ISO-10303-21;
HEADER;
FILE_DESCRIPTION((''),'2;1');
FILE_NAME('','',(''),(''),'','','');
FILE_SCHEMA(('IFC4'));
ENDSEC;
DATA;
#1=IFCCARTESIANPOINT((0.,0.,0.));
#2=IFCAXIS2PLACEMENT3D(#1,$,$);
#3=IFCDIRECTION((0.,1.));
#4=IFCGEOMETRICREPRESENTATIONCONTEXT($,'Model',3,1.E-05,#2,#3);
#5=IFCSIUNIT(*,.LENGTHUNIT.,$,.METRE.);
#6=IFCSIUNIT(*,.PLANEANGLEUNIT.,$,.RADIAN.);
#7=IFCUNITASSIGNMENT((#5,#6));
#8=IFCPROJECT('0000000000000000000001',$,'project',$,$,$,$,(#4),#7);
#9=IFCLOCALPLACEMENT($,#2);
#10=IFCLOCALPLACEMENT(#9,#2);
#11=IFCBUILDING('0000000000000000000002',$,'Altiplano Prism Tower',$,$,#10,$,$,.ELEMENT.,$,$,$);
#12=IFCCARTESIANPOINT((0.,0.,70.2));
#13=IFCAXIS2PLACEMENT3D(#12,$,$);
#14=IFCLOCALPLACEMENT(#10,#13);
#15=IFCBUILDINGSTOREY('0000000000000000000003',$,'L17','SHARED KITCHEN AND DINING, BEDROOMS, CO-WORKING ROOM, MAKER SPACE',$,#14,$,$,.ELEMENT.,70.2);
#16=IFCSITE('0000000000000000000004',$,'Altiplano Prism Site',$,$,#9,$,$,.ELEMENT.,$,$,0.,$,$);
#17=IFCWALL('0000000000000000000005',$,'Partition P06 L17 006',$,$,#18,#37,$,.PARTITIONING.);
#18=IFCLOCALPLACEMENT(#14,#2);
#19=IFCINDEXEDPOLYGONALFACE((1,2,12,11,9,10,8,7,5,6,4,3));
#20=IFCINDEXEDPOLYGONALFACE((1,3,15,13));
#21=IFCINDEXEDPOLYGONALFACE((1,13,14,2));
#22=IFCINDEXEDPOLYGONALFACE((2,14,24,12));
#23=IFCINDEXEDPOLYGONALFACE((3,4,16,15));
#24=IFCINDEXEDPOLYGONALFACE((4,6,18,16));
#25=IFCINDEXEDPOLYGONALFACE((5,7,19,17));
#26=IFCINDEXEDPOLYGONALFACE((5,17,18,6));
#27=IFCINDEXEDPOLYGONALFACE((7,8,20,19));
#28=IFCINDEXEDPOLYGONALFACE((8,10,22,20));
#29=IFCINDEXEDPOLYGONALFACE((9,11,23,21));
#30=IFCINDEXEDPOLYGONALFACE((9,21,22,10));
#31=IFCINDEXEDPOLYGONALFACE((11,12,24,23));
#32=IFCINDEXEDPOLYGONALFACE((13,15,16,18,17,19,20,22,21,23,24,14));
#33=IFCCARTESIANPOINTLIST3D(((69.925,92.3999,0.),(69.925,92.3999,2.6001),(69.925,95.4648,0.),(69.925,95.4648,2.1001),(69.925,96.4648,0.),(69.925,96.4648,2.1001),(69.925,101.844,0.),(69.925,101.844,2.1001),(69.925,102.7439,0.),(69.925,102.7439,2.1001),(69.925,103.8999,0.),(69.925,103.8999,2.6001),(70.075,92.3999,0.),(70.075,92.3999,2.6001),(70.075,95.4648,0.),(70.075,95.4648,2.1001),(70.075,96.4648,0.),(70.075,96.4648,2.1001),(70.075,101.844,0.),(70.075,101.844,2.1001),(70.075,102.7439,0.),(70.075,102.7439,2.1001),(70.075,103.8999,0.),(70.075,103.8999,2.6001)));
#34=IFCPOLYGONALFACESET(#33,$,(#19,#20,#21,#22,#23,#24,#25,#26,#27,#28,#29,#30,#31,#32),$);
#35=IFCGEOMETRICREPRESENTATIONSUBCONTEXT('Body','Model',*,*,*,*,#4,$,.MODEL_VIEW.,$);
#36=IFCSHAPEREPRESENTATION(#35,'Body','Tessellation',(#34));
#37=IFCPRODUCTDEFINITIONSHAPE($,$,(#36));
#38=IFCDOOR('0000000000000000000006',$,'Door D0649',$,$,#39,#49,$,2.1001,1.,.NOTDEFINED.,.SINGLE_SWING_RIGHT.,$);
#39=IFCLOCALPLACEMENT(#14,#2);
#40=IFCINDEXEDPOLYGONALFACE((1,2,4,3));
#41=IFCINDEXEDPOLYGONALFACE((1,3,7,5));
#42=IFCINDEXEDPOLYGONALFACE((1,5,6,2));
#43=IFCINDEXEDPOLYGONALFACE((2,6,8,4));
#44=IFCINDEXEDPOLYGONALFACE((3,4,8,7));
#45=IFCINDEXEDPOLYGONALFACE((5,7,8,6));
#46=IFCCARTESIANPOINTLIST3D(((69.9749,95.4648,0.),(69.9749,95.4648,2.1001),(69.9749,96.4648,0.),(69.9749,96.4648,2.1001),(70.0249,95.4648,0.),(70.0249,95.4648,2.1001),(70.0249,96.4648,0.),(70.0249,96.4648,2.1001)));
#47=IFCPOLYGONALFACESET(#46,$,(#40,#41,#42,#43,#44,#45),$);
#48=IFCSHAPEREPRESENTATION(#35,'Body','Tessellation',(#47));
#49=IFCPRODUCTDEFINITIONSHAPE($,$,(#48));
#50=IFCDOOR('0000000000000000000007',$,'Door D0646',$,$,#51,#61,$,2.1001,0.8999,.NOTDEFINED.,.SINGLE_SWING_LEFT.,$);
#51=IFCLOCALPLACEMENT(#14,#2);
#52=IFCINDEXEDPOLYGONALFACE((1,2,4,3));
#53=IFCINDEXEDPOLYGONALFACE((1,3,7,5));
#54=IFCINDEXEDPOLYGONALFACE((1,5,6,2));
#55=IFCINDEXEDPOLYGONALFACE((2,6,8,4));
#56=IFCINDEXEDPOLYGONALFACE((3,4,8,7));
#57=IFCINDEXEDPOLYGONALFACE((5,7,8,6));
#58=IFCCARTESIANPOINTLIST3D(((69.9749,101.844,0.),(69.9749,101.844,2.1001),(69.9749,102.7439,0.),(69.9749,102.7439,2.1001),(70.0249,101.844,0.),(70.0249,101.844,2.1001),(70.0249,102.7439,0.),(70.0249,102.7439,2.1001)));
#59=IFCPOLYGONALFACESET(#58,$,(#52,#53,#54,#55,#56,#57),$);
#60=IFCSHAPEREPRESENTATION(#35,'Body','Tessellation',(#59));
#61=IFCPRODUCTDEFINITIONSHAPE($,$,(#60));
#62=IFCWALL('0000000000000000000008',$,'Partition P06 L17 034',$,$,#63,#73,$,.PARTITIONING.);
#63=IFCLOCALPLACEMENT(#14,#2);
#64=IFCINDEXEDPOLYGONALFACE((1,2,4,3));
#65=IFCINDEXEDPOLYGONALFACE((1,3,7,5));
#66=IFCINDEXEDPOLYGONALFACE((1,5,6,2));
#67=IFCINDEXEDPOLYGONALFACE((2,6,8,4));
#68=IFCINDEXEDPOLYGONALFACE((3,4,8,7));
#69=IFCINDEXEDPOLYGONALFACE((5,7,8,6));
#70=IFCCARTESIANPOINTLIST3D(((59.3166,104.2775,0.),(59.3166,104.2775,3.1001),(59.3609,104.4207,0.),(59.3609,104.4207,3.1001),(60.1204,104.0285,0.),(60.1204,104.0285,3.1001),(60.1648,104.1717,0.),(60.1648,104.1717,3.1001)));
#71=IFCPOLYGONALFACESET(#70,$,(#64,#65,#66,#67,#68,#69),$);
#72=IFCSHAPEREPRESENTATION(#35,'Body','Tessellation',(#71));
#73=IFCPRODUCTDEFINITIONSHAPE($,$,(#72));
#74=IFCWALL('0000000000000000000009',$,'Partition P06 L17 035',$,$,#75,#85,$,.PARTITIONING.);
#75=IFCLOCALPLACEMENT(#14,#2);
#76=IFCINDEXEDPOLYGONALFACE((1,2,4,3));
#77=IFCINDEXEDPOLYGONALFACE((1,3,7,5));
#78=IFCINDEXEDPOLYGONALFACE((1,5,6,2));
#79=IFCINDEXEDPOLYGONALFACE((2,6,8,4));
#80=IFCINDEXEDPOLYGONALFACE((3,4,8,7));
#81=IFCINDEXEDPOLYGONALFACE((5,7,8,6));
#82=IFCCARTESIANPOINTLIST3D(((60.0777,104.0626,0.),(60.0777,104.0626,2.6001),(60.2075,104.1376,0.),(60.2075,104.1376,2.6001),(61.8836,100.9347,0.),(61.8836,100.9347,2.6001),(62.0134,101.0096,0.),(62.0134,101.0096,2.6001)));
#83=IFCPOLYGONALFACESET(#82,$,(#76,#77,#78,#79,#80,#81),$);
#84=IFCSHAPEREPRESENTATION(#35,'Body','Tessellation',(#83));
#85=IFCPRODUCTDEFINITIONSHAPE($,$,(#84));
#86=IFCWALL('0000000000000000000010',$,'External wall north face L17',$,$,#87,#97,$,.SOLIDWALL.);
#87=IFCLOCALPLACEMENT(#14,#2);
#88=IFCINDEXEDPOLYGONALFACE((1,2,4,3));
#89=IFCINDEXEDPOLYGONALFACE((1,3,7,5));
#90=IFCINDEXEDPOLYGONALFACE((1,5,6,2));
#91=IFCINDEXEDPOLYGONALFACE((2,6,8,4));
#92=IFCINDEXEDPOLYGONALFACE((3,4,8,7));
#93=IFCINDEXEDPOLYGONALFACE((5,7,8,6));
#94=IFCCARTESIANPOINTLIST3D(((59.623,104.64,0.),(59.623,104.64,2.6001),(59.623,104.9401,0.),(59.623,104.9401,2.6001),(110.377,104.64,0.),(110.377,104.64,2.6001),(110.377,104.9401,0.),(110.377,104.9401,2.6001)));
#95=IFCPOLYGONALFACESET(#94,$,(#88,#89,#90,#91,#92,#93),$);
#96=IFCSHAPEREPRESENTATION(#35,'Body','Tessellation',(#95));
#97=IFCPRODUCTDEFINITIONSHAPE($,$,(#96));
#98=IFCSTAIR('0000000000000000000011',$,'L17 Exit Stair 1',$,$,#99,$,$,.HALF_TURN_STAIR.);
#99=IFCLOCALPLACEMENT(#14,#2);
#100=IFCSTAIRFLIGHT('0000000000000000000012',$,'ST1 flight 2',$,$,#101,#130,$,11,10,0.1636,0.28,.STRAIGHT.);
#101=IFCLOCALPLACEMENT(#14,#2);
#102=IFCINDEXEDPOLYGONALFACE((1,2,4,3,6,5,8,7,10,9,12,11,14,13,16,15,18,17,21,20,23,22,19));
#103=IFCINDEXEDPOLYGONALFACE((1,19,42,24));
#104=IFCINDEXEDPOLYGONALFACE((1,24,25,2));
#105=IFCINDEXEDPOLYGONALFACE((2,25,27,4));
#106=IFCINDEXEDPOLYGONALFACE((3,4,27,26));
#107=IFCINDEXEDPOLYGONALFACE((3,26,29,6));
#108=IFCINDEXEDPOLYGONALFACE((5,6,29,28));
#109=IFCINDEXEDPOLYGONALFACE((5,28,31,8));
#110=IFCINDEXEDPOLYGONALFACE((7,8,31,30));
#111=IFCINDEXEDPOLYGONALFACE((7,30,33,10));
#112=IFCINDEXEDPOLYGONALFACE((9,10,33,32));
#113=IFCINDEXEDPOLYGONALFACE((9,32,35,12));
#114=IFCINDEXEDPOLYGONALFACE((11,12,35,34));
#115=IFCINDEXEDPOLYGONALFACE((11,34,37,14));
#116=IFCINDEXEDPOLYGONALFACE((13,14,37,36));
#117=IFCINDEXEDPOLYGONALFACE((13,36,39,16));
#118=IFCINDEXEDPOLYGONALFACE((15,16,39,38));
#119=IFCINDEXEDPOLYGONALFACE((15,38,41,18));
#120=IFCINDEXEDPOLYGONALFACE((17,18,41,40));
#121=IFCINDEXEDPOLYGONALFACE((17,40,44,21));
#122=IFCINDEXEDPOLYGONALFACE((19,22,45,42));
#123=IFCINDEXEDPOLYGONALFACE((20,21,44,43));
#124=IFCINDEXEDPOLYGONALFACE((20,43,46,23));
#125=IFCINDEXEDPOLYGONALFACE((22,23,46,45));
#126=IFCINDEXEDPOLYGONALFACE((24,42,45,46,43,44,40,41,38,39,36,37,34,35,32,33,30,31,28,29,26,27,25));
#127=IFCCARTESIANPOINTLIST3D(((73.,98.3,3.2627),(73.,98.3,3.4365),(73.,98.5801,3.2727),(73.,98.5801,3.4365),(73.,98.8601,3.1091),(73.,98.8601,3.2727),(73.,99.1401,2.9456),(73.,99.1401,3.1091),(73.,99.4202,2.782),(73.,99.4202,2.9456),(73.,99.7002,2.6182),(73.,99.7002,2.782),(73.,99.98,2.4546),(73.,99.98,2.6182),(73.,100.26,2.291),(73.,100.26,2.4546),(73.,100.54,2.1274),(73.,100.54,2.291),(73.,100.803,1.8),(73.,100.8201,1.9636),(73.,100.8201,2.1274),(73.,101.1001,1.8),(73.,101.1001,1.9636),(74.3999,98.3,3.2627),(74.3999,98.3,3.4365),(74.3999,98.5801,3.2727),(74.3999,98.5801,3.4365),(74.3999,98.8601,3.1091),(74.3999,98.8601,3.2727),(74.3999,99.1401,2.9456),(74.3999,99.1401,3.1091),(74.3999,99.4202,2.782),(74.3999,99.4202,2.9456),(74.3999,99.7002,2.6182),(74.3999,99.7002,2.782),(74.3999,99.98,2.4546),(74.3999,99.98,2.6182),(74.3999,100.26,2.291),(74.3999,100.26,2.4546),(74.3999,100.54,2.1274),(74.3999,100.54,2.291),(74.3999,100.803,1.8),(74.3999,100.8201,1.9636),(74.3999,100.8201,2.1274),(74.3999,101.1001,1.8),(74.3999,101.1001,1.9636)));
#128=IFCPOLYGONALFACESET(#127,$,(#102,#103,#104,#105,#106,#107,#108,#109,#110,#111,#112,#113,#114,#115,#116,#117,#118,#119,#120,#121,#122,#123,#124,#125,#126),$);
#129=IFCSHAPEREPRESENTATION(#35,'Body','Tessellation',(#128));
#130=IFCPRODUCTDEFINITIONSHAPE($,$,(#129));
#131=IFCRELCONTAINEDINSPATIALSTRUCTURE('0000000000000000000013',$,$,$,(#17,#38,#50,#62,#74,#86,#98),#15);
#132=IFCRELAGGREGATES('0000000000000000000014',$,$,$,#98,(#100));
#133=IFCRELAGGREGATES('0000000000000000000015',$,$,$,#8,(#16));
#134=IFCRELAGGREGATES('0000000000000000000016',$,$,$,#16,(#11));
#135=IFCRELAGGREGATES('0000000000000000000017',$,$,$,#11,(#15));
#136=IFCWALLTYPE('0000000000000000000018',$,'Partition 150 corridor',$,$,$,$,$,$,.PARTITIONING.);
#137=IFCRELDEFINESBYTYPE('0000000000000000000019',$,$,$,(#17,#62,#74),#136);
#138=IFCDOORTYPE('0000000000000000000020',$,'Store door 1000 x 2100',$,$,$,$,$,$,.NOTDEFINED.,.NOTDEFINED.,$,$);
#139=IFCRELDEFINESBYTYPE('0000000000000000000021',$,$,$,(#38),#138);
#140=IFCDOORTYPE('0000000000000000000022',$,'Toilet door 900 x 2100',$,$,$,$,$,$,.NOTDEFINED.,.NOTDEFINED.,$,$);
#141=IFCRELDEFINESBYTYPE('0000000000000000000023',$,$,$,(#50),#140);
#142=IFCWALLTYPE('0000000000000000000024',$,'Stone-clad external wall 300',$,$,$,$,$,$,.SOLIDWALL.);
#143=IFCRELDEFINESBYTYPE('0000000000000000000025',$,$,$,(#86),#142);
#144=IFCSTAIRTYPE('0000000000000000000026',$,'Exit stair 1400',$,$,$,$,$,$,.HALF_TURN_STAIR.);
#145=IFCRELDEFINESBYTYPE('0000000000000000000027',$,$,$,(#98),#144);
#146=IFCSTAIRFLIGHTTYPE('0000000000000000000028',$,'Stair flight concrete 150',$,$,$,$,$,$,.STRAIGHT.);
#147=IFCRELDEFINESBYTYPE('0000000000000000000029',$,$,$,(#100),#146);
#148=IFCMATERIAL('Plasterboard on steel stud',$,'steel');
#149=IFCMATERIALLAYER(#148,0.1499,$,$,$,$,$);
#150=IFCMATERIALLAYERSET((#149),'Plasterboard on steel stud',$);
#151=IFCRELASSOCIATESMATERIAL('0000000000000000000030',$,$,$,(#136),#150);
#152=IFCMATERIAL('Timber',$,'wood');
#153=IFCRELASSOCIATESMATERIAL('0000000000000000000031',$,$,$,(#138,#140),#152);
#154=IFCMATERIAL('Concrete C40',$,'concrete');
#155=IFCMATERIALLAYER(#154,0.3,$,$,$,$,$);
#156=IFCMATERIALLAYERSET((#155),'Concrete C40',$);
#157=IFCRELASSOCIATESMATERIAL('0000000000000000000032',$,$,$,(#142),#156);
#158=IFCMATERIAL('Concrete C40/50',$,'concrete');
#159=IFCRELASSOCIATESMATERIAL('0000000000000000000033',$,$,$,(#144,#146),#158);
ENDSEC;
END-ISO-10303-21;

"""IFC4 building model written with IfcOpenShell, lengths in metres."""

from ifc_helpers import new_model, si_unit, direction, frame, frame_2d, origin, place, context, subcontext, project, spatial, polyline, rectangle, outline, extrude, material, layer, layer_set, type_object, element, fill, aggregate, save


model = new_model("IFC4")

# Units and contexts
model_context = context("Model", 3, precision=1e-05, world=origin(), true_north=direction((0.0, 1.0)))
body_context = subcontext(model_context, "Body", "Model", "MODEL_VIEW")
ifc_project = project(units=[si_unit("LENGTHUNIT", "METRE"), si_unit("PLANEANGLEUNIT", "RADIAN")], contexts=[model_context])

# Site, building, storey
site_placement = place(None, origin())
site = spatial("IfcSite", under=ifc_project, at=site_placement, Name="Altiplano Prism Site", CompositionType="ELEMENT", RefElevation=0.0)
building_placement = place(site_placement, origin())
building = spatial("IfcBuilding", under=site, at=building_placement, Name="Altiplano Prism Tower", CompositionType="ELEMENT")
storey_placement = place(building_placement, frame((0.0, 0.0, 70.2)))
storey = spatial("IfcBuildingStorey", under=building, at=storey_placement, Name="L17", Description="SHARED KITCHEN AND DINING, BEDROOMS, CO-WORKING ROOM, MAKER SPACE", CompositionType="ELEMENT", Elevation=70.2)

# Shared definitions
ifc_material_1 = material(Name="Plasterboard on steel stud", Category="steel")
ifc_layer_1 = layer(ifc_material_1, 0.1499)
ifc_layer_set_1 = layer_set([ifc_layer_1], Name="Plasterboard on steel stud")
wall_type_1 = type_object("IfcWallType", Name="Partition 150 corridor", PredefinedType="PARTITIONING", material=ifc_layer_set_1)

# Wall, openings, doors
wall_1_placement = place(storey_placement, frame((70.0, 103.8999, 0.0), z_axis=(0.0, 0.0, 1.0), x_axis=(0.0, -1.0, 0.0)))
wall_1 = element("IfcWall", 1, at=wall_1_placement, inside=storey, type_object=wall_type_1, Name="Partition P06 L17 006", PredefinedType="PARTITIONING", context=body_context, shape_type="SweptSolid", body=[
    extrude(rectangle(XDim=11.5, YDim=0.1499, at=frame_2d((5.75, 0.0))), origin(), (0.0, 0.0, 1.0), 2.6001),
])
opening_1_placement = place(wall_1_placement, frame((1.156, 0.0, 0.0)))
opening_1 = element("IfcOpeningElement", 2, at=opening_1_placement, cuts=wall_1, PredefinedType="OPENING", context=body_context, shape_type="SweptSolid", body=[
    extrude(rectangle(XDim=0.8999, YDim=2.1001, at=frame_2d((0.45, 1.05))), frame((0.0, 0.0854, 0.0), z_axis=(0.0, -1.0, 0.0), x_axis=(1.0, 0.0, 0.0)), (0.0, 0.0, 1.0), 0.1709),
])
opening_2_placement = place(wall_1_placement, frame((7.4351, 0.0, 0.0)))
opening_2 = element("IfcOpeningElement", 3, at=opening_2_placement, cuts=wall_1, PredefinedType="OPENING", context=body_context, shape_type="SweptSolid", body=[
    extrude(rectangle(XDim=1.0, YDim=2.1001, at=frame_2d((0.5, 1.05))), frame((0.0, 0.0854, 0.0), z_axis=(0.0, -1.0, 0.0), x_axis=(1.0, 0.0, 0.0)), (0.0, 0.0, 1.0), 0.1709),
])
ifc_material_2 = material(Name="Timber", Category="wood")
door_type_1 = type_object("IfcDoorType", Name="Store door 1000 x 2100", OperationType="NOTDEFINED", PredefinedType="NOTDEFINED", material=ifc_material_2)
door_1_placement = place(opening_2_placement, origin())
door_1 = element("IfcDoor", 4, at=door_1_placement, inside=storey, type_object=door_type_1, Name="Door D0649", OperationType="SINGLE_SWING_RIGHT", OverallHeight=2.1001, OverallWidth=1.0, PredefinedType="NOTDEFINED", context=body_context, shape_type="SweptSolid", body=[
    extrude(rectangle(XDim=1.0, YDim=2.1001, at=frame_2d((0.5, 1.05))), frame((0.0, 0.0249, 0.0), z_axis=(0.0, -1.0, 0.0), x_axis=(1.0, 0.0, 0.0)), (0.0, 0.0, 1.0), 0.05),
])
fill(opening_2, door_1)
door_type_2 = type_object("IfcDoorType", Name="Toilet door 900 x 2100", OperationType="NOTDEFINED", PredefinedType="NOTDEFINED", material=ifc_material_2)
door_2_placement = place(opening_1_placement, origin())
door_2 = element("IfcDoor", 5, at=door_2_placement, inside=storey, type_object=door_type_2, Name="Door D0646", OperationType="SINGLE_SWING_LEFT", OverallHeight=2.1001, OverallWidth=0.8999, PredefinedType="NOTDEFINED", context=body_context, shape_type="SweptSolid", body=[
    extrude(rectangle(XDim=0.8999, YDim=2.1001, at=frame_2d((0.45, 1.05))), frame((0.0, 0.0249, 0.0), z_axis=(0.0, -1.0, 0.0), x_axis=(1.0, 0.0, 0.0)), (0.0, 0.0, 1.0), 0.05),
])
fill(opening_1, door_2)

# Walls
wall_2_placement = place(storey_placement, frame((59.3386, 104.3491, 0.0), z_axis=(0.0, 0.0, 1.0), x_axis=(0.955225, -0.295879, 0.0)))
element("IfcWall", 6, at=wall_2_placement, inside=storey, type_object=wall_type_1, Name="Partition P06 L17 034", PredefinedType="PARTITIONING", context=body_context, shape_type="SweptSolid", body=[
    extrude(rectangle(XDim=0.8416, YDim=0.1499, at=frame_2d((0.4209, 0.0))), origin(), (0.0, 0.0, 1.0), 3.1001),
])
wall_3_placement = place(storey_placement, frame((60.1426, 104.1001, 0.0), z_axis=(0.0, 0.0, 1.0), x_axis=(0.499999, -0.866026, 0.0)))
element("IfcWall", 7, at=wall_3_placement, inside=storey, type_object=wall_type_1, Name="Partition P06 L17 035", PredefinedType="PARTITIONING", context=body_context, shape_type="SweptSolid", body=[
    extrude(rectangle(XDim=3.6118, YDim=0.1499, at=frame_2d((1.8059, 0.0))), origin(), (0.0, 0.0, 1.0), 2.6001),
])
ifc_material_3 = material(Name="Concrete C40", Category="concrete")
ifc_layer_2 = layer(ifc_material_3, 0.3)
ifc_layer_set_2 = layer_set([ifc_layer_2], Name="Concrete C40")
wall_type_2 = type_object("IfcWallType", Name="Stone-clad external wall 300", PredefinedType="SOLIDWALL", material=ifc_layer_set_2)
wall_4_placement = place(storey_placement, frame((59.623, 104.79, 0.0), z_axis=(0.0, 0.0, 1.0), x_axis=(1.0, 0.0, 0.0)))
element("IfcWall", 8, at=wall_4_placement, inside=storey, type_object=wall_type_2, Name="External wall north face L17", PredefinedType="SOLIDWALL", context=body_context, shape_type="SweptSolid", body=[
    extrude(rectangle(XDim=50.7539, YDim=0.3, at=frame_2d((25.377, 0.0))), origin(), (0.0, 0.0, 1.0), 2.6001),
])

# Stair, stair flight
ifc_material_4 = material(Name="Concrete C40/50", Category="concrete")
stair_type = type_object("IfcStairType", Name="Exit stair 1400", PredefinedType="HALF_TURN_STAIR", material=ifc_material_4)
stair_placement = place(storey_placement, origin())
stair = element("IfcStair", 9, at=stair_placement, inside=storey, type_object=stair_type, Name="L17 Exit Stair 1", PredefinedType="HALF_TURN_STAIR")
stair_flight_type = type_object("IfcStairFlightType", Name="Stair flight concrete 150", PredefinedType="STRAIGHT", material=ifc_material_4)
stair_flight_placement = place(storey_placement, frame((73.7, 101.1001, 1.8), z_axis=(0.0, 0.0, 1.0), x_axis=(0.0, -1.0, 0.0)))
stair_flight = element("IfcStairFlight", 10, at=stair_flight_placement, type_object=stair_flight_type, Name="ST1 flight 2", NumberOfRisers=11, NumberOfTreads=10, PredefinedType="STRAIGHT", RiserHeight=0.1636, TreadLength=0.28, context=body_context, shape_type="SweptSolid", body=[
    extrude(outline(polyline([(0.0, 0.0), (0.0, 0.1636), (0.28, 0.1636), (0.28, 0.3274), (0.5601, 0.3274), (0.5601, 0.491), (0.8401, 0.491), (0.8401, 0.6545), (1.1201, 0.6545), (1.1201, 0.8181), (1.3999, 0.8181), (1.3999, 0.9819), (1.6799, 0.9819), (1.6799, 1.1455), (1.96, 1.1455), (1.96, 1.3091), (2.24, 1.3091), (2.24, 1.4727), (2.52, 1.4727), (2.52, 1.6365), (2.8, 1.6365), (2.8, 1.8), (2.8, 1.4626), (0.2971, 0.0), (0.0, 0.0)])), frame((0.0, 0.7, 0.0), z_axis=(0.0, -1.0, 0.0), x_axis=(1.0, 0.0, 0.0)), (0.0, 0.0, 1.0), 1.3999),
])
aggregate(stair, [stair_flight])

save(model, "model.ifc")
